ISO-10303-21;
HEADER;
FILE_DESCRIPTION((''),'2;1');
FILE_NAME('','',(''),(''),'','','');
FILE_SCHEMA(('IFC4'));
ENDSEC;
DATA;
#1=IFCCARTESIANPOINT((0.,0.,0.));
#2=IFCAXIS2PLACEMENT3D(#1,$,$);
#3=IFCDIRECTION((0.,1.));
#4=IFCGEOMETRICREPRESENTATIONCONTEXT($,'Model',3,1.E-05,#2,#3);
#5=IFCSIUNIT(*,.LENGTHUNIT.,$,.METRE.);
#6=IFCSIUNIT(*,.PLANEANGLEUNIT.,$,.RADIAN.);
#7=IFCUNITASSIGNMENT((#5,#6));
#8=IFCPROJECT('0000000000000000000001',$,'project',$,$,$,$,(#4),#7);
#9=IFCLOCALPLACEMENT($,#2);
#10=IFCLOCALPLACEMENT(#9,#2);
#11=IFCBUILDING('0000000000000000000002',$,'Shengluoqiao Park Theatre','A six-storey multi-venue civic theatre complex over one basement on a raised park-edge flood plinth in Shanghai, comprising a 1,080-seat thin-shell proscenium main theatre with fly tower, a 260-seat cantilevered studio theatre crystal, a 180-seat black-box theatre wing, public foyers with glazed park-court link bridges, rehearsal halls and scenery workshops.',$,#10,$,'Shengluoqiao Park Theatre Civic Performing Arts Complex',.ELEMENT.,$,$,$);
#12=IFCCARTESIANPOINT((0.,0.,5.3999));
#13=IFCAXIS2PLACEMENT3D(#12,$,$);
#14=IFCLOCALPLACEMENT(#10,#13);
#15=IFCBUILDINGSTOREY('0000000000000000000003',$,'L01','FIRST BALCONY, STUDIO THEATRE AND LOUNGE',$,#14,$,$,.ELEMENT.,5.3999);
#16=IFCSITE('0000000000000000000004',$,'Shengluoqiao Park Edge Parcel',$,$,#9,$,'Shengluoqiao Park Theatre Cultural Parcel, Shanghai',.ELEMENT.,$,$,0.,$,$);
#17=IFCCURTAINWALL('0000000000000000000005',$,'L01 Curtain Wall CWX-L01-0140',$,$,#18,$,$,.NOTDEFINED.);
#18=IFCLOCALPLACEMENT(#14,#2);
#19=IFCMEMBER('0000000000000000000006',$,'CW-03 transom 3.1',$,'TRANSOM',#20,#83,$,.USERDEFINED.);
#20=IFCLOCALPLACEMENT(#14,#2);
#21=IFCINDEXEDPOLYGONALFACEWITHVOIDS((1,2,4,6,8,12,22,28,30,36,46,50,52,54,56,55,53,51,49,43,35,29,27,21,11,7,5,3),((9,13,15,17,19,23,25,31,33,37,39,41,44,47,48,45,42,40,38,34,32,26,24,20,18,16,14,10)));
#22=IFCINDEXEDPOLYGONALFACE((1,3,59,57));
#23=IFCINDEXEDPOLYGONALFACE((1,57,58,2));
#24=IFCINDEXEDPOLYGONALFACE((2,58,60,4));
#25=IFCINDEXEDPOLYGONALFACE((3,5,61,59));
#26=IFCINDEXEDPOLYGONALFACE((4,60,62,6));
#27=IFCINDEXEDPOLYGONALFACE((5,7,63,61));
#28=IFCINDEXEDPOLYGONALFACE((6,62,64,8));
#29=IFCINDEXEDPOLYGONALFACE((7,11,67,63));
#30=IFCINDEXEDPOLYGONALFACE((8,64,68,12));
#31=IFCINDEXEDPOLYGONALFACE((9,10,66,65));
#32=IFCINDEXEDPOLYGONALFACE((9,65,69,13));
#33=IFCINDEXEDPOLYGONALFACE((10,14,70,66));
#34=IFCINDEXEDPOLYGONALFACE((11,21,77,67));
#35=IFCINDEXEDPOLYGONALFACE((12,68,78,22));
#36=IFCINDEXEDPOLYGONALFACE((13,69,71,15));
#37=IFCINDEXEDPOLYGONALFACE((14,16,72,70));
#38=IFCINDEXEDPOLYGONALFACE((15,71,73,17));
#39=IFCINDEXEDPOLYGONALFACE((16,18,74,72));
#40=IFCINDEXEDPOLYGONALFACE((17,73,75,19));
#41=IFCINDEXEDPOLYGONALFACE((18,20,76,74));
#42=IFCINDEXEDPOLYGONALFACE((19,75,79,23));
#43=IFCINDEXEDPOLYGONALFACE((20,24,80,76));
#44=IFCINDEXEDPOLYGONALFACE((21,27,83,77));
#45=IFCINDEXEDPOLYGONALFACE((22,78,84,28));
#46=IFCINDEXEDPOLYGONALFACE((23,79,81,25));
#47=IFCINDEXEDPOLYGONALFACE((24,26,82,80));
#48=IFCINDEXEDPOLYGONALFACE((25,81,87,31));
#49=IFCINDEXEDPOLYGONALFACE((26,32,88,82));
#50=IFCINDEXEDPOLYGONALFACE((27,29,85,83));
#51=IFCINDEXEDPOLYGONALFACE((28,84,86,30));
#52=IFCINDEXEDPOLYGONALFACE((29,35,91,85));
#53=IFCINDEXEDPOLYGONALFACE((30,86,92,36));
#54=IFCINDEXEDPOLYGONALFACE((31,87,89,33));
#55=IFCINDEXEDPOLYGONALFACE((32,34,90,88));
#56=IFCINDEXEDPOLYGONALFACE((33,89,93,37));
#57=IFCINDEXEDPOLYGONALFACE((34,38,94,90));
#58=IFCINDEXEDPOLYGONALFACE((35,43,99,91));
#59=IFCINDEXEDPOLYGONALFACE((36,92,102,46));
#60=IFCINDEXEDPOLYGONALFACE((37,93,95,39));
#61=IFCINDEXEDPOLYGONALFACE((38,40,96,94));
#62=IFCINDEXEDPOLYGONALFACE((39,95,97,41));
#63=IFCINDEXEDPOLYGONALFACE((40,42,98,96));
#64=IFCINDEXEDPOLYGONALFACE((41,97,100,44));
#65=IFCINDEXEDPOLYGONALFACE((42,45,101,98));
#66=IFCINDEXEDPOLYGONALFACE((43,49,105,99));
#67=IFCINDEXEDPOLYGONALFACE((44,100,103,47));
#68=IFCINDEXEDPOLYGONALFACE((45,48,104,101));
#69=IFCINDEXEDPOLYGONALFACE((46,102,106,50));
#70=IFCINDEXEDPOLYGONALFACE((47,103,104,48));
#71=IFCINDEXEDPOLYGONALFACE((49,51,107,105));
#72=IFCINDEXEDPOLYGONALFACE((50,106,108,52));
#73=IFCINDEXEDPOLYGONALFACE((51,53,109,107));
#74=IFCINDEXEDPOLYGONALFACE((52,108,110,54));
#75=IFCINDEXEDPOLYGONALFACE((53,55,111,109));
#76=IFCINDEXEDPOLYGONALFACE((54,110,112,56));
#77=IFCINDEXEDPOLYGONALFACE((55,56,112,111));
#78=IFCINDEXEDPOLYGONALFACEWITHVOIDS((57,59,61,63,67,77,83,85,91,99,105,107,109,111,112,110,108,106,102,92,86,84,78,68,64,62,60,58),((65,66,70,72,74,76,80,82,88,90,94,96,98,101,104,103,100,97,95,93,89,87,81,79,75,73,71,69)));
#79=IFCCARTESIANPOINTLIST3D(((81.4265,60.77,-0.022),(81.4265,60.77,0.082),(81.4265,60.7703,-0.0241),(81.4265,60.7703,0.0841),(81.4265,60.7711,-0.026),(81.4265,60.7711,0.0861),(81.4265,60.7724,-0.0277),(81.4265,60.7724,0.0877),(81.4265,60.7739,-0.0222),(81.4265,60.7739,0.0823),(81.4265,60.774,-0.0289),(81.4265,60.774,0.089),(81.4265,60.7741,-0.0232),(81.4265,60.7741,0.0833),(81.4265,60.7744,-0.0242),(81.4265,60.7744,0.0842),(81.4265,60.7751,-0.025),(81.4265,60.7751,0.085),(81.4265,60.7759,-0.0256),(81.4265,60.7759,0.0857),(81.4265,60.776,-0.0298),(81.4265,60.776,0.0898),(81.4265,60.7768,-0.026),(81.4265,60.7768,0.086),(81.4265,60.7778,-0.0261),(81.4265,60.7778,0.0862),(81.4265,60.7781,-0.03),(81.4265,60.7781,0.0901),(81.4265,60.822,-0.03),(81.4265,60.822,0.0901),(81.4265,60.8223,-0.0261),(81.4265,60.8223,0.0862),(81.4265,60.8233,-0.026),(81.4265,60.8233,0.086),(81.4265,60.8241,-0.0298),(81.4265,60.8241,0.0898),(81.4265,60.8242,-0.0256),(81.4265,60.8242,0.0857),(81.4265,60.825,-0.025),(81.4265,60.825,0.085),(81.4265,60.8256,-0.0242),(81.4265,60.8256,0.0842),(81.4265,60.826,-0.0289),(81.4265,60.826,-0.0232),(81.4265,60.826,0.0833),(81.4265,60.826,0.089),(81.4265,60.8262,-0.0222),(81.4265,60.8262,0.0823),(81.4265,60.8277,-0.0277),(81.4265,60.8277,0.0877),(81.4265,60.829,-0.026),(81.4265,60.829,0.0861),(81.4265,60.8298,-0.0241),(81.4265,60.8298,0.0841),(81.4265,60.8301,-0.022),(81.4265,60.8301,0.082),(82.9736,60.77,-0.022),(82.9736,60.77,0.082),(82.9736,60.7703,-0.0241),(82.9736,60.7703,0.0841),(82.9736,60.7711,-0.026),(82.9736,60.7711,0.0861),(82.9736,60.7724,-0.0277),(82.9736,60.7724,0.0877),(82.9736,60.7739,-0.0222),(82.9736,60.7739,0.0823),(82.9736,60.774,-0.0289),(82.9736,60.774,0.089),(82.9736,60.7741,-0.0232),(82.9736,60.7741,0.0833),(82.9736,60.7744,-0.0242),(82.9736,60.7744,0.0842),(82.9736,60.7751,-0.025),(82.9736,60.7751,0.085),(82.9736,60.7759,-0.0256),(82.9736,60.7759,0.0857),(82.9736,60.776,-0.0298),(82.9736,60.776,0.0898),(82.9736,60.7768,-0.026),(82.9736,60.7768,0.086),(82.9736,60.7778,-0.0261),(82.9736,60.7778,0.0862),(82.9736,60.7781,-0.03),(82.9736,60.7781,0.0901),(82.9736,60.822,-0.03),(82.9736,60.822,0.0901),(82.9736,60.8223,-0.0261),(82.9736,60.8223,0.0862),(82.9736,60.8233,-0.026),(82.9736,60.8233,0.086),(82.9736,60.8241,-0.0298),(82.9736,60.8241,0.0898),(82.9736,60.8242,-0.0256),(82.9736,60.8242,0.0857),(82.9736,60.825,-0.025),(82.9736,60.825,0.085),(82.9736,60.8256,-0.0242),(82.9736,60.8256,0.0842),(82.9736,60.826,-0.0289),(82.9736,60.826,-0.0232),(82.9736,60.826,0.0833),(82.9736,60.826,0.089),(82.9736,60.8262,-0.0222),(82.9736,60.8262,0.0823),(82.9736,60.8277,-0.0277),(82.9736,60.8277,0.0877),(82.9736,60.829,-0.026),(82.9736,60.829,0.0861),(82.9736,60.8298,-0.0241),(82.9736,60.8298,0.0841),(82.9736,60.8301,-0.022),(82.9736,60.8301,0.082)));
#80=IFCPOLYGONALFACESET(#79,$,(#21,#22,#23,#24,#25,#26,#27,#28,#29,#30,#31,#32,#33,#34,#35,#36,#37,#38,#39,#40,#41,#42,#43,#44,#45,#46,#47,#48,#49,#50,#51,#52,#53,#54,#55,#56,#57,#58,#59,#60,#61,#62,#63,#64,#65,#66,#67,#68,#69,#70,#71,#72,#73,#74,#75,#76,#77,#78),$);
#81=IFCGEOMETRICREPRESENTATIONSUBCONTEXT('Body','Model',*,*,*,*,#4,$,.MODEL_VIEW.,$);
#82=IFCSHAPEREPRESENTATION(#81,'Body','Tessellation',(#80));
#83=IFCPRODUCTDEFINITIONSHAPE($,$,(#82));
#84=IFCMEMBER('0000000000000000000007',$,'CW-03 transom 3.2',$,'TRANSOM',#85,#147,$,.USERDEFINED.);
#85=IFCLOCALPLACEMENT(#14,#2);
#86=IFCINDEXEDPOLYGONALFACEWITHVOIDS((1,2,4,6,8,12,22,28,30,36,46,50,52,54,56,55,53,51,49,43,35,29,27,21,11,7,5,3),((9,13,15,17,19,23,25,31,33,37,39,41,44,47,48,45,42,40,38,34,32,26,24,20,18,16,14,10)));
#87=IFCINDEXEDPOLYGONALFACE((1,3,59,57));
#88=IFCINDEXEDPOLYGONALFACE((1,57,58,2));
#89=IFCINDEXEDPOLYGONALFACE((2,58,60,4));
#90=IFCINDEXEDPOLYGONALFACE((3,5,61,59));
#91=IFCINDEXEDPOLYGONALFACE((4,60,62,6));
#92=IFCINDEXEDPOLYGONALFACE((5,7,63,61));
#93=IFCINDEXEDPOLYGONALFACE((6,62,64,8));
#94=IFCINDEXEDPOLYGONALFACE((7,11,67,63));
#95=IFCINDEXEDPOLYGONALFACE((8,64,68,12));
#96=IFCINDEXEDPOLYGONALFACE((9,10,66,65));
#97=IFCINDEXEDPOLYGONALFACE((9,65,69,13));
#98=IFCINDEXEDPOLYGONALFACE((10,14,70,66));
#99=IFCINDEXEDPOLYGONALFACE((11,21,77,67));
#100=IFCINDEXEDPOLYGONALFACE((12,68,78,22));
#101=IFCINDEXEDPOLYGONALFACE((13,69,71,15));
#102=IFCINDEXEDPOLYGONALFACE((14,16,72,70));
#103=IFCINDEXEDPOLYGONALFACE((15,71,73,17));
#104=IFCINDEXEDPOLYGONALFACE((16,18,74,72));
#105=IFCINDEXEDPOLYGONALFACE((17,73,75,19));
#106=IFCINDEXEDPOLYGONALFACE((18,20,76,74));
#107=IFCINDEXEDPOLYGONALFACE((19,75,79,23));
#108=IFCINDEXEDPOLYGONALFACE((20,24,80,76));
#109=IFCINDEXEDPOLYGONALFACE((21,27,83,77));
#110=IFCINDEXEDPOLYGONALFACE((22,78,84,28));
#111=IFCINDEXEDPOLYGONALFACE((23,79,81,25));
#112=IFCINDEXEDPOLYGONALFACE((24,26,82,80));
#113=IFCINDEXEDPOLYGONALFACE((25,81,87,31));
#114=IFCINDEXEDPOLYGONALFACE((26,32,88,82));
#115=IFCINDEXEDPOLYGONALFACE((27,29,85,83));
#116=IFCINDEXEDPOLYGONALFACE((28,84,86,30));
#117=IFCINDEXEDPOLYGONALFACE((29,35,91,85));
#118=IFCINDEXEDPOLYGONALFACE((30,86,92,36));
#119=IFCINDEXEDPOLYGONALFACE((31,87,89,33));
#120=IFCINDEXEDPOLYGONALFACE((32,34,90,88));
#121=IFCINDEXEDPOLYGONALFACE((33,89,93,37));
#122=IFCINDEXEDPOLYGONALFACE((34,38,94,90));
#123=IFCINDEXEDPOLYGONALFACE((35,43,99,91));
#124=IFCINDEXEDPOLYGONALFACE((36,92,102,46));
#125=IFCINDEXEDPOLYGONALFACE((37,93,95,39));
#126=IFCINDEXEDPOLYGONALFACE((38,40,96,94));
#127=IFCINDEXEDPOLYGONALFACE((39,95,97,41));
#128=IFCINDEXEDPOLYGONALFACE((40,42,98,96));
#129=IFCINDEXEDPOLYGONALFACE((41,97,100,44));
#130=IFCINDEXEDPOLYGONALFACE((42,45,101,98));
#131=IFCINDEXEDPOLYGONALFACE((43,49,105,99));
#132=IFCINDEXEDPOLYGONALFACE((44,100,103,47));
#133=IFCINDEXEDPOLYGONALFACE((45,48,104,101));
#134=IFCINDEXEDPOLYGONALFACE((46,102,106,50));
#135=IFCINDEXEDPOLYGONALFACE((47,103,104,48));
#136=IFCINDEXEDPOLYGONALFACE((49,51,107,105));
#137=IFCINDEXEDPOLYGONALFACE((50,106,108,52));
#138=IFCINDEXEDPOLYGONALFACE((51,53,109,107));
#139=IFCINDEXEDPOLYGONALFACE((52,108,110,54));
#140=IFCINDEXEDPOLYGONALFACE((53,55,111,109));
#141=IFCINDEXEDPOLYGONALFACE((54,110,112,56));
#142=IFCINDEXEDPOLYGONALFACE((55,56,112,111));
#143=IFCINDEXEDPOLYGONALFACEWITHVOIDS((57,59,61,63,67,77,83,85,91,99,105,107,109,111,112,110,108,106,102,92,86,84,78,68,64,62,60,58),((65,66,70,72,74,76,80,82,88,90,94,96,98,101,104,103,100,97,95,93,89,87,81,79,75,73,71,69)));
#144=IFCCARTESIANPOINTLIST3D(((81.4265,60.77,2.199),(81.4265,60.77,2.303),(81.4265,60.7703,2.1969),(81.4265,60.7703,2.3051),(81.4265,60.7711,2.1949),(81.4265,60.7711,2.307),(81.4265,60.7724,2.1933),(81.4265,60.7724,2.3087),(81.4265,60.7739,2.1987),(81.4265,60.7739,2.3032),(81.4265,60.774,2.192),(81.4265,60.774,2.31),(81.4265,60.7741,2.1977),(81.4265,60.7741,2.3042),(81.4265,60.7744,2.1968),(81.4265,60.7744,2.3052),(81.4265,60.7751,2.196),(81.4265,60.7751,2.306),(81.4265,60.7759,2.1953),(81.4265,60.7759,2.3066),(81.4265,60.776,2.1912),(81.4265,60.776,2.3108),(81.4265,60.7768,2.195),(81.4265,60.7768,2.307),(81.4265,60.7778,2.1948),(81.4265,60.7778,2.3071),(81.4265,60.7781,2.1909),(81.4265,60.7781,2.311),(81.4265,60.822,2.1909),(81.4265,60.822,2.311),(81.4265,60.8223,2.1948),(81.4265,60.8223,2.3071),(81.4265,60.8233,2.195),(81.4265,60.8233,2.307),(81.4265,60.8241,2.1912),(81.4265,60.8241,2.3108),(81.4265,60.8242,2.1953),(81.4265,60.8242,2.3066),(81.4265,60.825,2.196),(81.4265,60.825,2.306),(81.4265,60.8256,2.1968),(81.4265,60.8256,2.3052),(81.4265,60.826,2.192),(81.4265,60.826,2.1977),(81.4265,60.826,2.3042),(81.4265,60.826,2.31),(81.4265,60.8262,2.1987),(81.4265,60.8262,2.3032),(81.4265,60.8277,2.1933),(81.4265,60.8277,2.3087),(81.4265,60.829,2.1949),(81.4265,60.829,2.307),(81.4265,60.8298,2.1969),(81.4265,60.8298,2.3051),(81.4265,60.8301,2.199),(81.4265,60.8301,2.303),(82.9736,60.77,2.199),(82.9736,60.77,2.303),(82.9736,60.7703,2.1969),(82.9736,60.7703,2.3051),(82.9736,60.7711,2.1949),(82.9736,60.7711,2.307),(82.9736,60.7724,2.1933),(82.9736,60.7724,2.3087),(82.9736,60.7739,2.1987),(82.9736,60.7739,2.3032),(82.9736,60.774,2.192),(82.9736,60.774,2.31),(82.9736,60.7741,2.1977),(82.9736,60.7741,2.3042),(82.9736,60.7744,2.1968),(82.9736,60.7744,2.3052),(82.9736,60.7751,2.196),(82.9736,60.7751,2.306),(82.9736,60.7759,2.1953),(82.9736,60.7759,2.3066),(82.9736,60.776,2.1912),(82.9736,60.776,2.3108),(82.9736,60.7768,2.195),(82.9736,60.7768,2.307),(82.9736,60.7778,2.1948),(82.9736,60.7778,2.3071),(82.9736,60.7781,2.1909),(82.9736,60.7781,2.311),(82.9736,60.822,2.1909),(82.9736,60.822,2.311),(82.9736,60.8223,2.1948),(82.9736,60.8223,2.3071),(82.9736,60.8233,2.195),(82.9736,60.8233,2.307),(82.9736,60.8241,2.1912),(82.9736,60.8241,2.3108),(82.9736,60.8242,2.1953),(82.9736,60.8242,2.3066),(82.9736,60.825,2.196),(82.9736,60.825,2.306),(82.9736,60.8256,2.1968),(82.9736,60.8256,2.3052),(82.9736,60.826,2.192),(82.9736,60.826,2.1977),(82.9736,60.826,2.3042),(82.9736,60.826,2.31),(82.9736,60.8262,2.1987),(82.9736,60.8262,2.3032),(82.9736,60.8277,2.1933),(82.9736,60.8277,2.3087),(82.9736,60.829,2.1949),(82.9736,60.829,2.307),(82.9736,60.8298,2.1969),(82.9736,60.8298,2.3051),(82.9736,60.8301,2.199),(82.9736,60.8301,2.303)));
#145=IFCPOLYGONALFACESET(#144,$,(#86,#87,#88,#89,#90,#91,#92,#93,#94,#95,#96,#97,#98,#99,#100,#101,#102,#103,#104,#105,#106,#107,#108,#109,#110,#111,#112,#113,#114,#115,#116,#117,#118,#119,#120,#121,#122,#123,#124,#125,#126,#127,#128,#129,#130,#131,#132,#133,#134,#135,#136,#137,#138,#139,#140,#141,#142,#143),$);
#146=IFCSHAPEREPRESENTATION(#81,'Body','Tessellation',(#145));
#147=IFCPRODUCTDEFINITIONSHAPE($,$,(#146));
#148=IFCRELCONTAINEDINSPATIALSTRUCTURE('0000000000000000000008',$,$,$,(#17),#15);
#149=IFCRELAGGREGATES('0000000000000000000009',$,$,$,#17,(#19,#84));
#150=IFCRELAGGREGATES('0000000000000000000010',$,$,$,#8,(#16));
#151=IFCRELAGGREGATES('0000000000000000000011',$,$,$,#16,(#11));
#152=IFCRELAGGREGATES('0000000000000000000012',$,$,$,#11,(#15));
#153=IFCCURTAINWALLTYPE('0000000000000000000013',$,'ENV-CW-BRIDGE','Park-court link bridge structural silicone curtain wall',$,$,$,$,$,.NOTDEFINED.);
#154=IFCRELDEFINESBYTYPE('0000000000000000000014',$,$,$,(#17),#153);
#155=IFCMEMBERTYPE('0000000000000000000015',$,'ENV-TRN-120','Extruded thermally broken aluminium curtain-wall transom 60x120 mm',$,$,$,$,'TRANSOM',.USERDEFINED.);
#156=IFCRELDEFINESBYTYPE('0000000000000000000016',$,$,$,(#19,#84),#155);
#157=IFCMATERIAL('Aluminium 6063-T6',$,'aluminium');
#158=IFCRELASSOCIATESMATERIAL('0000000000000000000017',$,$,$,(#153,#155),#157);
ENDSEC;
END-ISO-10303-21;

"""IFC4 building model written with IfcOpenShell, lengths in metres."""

from ifc_helpers import new_model, si_unit, direction, frame, origin, origin_2d, place, context, subcontext, project, spatial, hollow_rectangle, extrude, material, material_profile, profile_set, type_object, element, aggregate, save


model = new_model("IFC4")

# Units and contexts
model_context = context("Model", 3, precision=1e-05, world=origin(), true_north=direction((0.0, 1.0)))
body_context = subcontext(model_context, "Body", "Model", "MODEL_VIEW")
ifc_project = project(units=[si_unit("LENGTHUNIT", "METRE"), si_unit("PLANEANGLEUNIT", "RADIAN")], contexts=[model_context])

# Site, building, storey
site_placement = place(None, origin())
site = spatial("IfcSite", under=ifc_project, at=site_placement, Name="Shengluoqiao Park Edge Parcel", LongName="Shengluoqiao Park Theatre Cultural Parcel, Shanghai", CompositionType="ELEMENT", RefElevation=0.0)
building_placement = place(site_placement, origin())
building = spatial("IfcBuilding", under=site, at=building_placement, Name="Shengluoqiao Park Theatre", Description="A six-storey multi-venue civic theatre complex over one basement on a raised park-edge flood plinth in Shanghai, comprising a 1,080-seat thin-shell proscenium main theatre with fly tower, a 260-seat cantilevered studio theatre crystal, a 180-seat black-box theatre wing, public foyers with glazed park-court link bridges, rehearsal halls and scenery workshops.", LongName="Shengluoqiao Park Theatre Civic Performing Arts Complex", CompositionType="ELEMENT")
storey_placement = place(building_placement, frame((0.0, 0.0, 5.3999)))
storey = spatial("IfcBuildingStorey", under=building, at=storey_placement, Name="L01", Description="FIRST BALCONY, STUDIO THEATRE AND LOUNGE", CompositionType="ELEMENT", Elevation=5.3999)

# Shared definitions
ifc_material_1 = material(Name="Aluminium 6063-T6", Category="aluminium")
curtain_wall_type = type_object("IfcCurtainWallType", Name="ENV-CW-BRIDGE", Description="Park-court link bridge structural silicone curtain wall", PredefinedType="NOTDEFINED", material=ifc_material_1)

# Curtain wall, members
curtain_wall_1_placement = place(storey_placement, origin())
curtain_wall_1 = element("IfcCurtainWall", 1, at=curtain_wall_1_placement, inside=storey, type_object=curtain_wall_type, Name="L01 Curtain Wall CWX-L01-0140", PredefinedType="NOTDEFINED")
ifc_material_profile_1 = material_profile(ifc_material_1, hollow_rectangle(XDim=0.0601, YDim=0.1201, WallThickness=0.0039, InnerFilletRadius=0.0039, OuterFilletRadius=0.0081, at=origin_2d()), Name="ALU TRANSOM 120x60x4")
ifc_profile_set_1 = profile_set([ifc_material_profile_1], Name="Aluminium 6063-T6")
member_type_1 = type_object("IfcMemberType", Name="ENV-TRN-120", Description="Extruded thermally broken aluminium curtain-wall transom 60x120 mm", ElementType="TRANSOM", PredefinedType="USERDEFINED", material=ifc_profile_set_1)
member_1_placement = place(storey_placement, frame((81.4265, 60.8, 0.03), z_axis=(1.0, 0.0, 0.0), x_axis=(0.0, 1.0, 0.0)))
member_1 = element("IfcMember", 2, at=member_1_placement, type_object=member_type_1, Name="CW-03 transom 3.1", ObjectType="TRANSOM", PredefinedType="USERDEFINED", context=body_context, shape_type="SweptSolid", body=[
    extrude(hollow_rectangle(XDim=0.0601, YDim=0.1201, WallThickness=0.0039, InnerFilletRadius=0.0039, OuterFilletRadius=0.0081, at=origin_2d()), origin(), (0.0, 0.0, 1.0), 1.5471),
])
member_2_placement = place(storey_placement, frame((81.4265, 60.8, 2.251), z_axis=(1.0, 0.0, 0.0), x_axis=(0.0, 1.0, 0.0)))
member_2 = element("IfcMember", 3, at=member_2_placement, type_object=member_type_1, Name="CW-03 transom 3.2", ObjectType="TRANSOM", PredefinedType="USERDEFINED", context=body_context, shape_type="SweptSolid", body=[
    extrude(hollow_rectangle(XDim=0.0601, YDim=0.1201, WallThickness=0.0039, InnerFilletRadius=0.0039, OuterFilletRadius=0.0081, at=origin_2d()), origin(), (0.0, 0.0, 1.0), 1.5471),
])

aggregate(curtain_wall_1, [member_1, member_2])

save(model, "model.ifc")
